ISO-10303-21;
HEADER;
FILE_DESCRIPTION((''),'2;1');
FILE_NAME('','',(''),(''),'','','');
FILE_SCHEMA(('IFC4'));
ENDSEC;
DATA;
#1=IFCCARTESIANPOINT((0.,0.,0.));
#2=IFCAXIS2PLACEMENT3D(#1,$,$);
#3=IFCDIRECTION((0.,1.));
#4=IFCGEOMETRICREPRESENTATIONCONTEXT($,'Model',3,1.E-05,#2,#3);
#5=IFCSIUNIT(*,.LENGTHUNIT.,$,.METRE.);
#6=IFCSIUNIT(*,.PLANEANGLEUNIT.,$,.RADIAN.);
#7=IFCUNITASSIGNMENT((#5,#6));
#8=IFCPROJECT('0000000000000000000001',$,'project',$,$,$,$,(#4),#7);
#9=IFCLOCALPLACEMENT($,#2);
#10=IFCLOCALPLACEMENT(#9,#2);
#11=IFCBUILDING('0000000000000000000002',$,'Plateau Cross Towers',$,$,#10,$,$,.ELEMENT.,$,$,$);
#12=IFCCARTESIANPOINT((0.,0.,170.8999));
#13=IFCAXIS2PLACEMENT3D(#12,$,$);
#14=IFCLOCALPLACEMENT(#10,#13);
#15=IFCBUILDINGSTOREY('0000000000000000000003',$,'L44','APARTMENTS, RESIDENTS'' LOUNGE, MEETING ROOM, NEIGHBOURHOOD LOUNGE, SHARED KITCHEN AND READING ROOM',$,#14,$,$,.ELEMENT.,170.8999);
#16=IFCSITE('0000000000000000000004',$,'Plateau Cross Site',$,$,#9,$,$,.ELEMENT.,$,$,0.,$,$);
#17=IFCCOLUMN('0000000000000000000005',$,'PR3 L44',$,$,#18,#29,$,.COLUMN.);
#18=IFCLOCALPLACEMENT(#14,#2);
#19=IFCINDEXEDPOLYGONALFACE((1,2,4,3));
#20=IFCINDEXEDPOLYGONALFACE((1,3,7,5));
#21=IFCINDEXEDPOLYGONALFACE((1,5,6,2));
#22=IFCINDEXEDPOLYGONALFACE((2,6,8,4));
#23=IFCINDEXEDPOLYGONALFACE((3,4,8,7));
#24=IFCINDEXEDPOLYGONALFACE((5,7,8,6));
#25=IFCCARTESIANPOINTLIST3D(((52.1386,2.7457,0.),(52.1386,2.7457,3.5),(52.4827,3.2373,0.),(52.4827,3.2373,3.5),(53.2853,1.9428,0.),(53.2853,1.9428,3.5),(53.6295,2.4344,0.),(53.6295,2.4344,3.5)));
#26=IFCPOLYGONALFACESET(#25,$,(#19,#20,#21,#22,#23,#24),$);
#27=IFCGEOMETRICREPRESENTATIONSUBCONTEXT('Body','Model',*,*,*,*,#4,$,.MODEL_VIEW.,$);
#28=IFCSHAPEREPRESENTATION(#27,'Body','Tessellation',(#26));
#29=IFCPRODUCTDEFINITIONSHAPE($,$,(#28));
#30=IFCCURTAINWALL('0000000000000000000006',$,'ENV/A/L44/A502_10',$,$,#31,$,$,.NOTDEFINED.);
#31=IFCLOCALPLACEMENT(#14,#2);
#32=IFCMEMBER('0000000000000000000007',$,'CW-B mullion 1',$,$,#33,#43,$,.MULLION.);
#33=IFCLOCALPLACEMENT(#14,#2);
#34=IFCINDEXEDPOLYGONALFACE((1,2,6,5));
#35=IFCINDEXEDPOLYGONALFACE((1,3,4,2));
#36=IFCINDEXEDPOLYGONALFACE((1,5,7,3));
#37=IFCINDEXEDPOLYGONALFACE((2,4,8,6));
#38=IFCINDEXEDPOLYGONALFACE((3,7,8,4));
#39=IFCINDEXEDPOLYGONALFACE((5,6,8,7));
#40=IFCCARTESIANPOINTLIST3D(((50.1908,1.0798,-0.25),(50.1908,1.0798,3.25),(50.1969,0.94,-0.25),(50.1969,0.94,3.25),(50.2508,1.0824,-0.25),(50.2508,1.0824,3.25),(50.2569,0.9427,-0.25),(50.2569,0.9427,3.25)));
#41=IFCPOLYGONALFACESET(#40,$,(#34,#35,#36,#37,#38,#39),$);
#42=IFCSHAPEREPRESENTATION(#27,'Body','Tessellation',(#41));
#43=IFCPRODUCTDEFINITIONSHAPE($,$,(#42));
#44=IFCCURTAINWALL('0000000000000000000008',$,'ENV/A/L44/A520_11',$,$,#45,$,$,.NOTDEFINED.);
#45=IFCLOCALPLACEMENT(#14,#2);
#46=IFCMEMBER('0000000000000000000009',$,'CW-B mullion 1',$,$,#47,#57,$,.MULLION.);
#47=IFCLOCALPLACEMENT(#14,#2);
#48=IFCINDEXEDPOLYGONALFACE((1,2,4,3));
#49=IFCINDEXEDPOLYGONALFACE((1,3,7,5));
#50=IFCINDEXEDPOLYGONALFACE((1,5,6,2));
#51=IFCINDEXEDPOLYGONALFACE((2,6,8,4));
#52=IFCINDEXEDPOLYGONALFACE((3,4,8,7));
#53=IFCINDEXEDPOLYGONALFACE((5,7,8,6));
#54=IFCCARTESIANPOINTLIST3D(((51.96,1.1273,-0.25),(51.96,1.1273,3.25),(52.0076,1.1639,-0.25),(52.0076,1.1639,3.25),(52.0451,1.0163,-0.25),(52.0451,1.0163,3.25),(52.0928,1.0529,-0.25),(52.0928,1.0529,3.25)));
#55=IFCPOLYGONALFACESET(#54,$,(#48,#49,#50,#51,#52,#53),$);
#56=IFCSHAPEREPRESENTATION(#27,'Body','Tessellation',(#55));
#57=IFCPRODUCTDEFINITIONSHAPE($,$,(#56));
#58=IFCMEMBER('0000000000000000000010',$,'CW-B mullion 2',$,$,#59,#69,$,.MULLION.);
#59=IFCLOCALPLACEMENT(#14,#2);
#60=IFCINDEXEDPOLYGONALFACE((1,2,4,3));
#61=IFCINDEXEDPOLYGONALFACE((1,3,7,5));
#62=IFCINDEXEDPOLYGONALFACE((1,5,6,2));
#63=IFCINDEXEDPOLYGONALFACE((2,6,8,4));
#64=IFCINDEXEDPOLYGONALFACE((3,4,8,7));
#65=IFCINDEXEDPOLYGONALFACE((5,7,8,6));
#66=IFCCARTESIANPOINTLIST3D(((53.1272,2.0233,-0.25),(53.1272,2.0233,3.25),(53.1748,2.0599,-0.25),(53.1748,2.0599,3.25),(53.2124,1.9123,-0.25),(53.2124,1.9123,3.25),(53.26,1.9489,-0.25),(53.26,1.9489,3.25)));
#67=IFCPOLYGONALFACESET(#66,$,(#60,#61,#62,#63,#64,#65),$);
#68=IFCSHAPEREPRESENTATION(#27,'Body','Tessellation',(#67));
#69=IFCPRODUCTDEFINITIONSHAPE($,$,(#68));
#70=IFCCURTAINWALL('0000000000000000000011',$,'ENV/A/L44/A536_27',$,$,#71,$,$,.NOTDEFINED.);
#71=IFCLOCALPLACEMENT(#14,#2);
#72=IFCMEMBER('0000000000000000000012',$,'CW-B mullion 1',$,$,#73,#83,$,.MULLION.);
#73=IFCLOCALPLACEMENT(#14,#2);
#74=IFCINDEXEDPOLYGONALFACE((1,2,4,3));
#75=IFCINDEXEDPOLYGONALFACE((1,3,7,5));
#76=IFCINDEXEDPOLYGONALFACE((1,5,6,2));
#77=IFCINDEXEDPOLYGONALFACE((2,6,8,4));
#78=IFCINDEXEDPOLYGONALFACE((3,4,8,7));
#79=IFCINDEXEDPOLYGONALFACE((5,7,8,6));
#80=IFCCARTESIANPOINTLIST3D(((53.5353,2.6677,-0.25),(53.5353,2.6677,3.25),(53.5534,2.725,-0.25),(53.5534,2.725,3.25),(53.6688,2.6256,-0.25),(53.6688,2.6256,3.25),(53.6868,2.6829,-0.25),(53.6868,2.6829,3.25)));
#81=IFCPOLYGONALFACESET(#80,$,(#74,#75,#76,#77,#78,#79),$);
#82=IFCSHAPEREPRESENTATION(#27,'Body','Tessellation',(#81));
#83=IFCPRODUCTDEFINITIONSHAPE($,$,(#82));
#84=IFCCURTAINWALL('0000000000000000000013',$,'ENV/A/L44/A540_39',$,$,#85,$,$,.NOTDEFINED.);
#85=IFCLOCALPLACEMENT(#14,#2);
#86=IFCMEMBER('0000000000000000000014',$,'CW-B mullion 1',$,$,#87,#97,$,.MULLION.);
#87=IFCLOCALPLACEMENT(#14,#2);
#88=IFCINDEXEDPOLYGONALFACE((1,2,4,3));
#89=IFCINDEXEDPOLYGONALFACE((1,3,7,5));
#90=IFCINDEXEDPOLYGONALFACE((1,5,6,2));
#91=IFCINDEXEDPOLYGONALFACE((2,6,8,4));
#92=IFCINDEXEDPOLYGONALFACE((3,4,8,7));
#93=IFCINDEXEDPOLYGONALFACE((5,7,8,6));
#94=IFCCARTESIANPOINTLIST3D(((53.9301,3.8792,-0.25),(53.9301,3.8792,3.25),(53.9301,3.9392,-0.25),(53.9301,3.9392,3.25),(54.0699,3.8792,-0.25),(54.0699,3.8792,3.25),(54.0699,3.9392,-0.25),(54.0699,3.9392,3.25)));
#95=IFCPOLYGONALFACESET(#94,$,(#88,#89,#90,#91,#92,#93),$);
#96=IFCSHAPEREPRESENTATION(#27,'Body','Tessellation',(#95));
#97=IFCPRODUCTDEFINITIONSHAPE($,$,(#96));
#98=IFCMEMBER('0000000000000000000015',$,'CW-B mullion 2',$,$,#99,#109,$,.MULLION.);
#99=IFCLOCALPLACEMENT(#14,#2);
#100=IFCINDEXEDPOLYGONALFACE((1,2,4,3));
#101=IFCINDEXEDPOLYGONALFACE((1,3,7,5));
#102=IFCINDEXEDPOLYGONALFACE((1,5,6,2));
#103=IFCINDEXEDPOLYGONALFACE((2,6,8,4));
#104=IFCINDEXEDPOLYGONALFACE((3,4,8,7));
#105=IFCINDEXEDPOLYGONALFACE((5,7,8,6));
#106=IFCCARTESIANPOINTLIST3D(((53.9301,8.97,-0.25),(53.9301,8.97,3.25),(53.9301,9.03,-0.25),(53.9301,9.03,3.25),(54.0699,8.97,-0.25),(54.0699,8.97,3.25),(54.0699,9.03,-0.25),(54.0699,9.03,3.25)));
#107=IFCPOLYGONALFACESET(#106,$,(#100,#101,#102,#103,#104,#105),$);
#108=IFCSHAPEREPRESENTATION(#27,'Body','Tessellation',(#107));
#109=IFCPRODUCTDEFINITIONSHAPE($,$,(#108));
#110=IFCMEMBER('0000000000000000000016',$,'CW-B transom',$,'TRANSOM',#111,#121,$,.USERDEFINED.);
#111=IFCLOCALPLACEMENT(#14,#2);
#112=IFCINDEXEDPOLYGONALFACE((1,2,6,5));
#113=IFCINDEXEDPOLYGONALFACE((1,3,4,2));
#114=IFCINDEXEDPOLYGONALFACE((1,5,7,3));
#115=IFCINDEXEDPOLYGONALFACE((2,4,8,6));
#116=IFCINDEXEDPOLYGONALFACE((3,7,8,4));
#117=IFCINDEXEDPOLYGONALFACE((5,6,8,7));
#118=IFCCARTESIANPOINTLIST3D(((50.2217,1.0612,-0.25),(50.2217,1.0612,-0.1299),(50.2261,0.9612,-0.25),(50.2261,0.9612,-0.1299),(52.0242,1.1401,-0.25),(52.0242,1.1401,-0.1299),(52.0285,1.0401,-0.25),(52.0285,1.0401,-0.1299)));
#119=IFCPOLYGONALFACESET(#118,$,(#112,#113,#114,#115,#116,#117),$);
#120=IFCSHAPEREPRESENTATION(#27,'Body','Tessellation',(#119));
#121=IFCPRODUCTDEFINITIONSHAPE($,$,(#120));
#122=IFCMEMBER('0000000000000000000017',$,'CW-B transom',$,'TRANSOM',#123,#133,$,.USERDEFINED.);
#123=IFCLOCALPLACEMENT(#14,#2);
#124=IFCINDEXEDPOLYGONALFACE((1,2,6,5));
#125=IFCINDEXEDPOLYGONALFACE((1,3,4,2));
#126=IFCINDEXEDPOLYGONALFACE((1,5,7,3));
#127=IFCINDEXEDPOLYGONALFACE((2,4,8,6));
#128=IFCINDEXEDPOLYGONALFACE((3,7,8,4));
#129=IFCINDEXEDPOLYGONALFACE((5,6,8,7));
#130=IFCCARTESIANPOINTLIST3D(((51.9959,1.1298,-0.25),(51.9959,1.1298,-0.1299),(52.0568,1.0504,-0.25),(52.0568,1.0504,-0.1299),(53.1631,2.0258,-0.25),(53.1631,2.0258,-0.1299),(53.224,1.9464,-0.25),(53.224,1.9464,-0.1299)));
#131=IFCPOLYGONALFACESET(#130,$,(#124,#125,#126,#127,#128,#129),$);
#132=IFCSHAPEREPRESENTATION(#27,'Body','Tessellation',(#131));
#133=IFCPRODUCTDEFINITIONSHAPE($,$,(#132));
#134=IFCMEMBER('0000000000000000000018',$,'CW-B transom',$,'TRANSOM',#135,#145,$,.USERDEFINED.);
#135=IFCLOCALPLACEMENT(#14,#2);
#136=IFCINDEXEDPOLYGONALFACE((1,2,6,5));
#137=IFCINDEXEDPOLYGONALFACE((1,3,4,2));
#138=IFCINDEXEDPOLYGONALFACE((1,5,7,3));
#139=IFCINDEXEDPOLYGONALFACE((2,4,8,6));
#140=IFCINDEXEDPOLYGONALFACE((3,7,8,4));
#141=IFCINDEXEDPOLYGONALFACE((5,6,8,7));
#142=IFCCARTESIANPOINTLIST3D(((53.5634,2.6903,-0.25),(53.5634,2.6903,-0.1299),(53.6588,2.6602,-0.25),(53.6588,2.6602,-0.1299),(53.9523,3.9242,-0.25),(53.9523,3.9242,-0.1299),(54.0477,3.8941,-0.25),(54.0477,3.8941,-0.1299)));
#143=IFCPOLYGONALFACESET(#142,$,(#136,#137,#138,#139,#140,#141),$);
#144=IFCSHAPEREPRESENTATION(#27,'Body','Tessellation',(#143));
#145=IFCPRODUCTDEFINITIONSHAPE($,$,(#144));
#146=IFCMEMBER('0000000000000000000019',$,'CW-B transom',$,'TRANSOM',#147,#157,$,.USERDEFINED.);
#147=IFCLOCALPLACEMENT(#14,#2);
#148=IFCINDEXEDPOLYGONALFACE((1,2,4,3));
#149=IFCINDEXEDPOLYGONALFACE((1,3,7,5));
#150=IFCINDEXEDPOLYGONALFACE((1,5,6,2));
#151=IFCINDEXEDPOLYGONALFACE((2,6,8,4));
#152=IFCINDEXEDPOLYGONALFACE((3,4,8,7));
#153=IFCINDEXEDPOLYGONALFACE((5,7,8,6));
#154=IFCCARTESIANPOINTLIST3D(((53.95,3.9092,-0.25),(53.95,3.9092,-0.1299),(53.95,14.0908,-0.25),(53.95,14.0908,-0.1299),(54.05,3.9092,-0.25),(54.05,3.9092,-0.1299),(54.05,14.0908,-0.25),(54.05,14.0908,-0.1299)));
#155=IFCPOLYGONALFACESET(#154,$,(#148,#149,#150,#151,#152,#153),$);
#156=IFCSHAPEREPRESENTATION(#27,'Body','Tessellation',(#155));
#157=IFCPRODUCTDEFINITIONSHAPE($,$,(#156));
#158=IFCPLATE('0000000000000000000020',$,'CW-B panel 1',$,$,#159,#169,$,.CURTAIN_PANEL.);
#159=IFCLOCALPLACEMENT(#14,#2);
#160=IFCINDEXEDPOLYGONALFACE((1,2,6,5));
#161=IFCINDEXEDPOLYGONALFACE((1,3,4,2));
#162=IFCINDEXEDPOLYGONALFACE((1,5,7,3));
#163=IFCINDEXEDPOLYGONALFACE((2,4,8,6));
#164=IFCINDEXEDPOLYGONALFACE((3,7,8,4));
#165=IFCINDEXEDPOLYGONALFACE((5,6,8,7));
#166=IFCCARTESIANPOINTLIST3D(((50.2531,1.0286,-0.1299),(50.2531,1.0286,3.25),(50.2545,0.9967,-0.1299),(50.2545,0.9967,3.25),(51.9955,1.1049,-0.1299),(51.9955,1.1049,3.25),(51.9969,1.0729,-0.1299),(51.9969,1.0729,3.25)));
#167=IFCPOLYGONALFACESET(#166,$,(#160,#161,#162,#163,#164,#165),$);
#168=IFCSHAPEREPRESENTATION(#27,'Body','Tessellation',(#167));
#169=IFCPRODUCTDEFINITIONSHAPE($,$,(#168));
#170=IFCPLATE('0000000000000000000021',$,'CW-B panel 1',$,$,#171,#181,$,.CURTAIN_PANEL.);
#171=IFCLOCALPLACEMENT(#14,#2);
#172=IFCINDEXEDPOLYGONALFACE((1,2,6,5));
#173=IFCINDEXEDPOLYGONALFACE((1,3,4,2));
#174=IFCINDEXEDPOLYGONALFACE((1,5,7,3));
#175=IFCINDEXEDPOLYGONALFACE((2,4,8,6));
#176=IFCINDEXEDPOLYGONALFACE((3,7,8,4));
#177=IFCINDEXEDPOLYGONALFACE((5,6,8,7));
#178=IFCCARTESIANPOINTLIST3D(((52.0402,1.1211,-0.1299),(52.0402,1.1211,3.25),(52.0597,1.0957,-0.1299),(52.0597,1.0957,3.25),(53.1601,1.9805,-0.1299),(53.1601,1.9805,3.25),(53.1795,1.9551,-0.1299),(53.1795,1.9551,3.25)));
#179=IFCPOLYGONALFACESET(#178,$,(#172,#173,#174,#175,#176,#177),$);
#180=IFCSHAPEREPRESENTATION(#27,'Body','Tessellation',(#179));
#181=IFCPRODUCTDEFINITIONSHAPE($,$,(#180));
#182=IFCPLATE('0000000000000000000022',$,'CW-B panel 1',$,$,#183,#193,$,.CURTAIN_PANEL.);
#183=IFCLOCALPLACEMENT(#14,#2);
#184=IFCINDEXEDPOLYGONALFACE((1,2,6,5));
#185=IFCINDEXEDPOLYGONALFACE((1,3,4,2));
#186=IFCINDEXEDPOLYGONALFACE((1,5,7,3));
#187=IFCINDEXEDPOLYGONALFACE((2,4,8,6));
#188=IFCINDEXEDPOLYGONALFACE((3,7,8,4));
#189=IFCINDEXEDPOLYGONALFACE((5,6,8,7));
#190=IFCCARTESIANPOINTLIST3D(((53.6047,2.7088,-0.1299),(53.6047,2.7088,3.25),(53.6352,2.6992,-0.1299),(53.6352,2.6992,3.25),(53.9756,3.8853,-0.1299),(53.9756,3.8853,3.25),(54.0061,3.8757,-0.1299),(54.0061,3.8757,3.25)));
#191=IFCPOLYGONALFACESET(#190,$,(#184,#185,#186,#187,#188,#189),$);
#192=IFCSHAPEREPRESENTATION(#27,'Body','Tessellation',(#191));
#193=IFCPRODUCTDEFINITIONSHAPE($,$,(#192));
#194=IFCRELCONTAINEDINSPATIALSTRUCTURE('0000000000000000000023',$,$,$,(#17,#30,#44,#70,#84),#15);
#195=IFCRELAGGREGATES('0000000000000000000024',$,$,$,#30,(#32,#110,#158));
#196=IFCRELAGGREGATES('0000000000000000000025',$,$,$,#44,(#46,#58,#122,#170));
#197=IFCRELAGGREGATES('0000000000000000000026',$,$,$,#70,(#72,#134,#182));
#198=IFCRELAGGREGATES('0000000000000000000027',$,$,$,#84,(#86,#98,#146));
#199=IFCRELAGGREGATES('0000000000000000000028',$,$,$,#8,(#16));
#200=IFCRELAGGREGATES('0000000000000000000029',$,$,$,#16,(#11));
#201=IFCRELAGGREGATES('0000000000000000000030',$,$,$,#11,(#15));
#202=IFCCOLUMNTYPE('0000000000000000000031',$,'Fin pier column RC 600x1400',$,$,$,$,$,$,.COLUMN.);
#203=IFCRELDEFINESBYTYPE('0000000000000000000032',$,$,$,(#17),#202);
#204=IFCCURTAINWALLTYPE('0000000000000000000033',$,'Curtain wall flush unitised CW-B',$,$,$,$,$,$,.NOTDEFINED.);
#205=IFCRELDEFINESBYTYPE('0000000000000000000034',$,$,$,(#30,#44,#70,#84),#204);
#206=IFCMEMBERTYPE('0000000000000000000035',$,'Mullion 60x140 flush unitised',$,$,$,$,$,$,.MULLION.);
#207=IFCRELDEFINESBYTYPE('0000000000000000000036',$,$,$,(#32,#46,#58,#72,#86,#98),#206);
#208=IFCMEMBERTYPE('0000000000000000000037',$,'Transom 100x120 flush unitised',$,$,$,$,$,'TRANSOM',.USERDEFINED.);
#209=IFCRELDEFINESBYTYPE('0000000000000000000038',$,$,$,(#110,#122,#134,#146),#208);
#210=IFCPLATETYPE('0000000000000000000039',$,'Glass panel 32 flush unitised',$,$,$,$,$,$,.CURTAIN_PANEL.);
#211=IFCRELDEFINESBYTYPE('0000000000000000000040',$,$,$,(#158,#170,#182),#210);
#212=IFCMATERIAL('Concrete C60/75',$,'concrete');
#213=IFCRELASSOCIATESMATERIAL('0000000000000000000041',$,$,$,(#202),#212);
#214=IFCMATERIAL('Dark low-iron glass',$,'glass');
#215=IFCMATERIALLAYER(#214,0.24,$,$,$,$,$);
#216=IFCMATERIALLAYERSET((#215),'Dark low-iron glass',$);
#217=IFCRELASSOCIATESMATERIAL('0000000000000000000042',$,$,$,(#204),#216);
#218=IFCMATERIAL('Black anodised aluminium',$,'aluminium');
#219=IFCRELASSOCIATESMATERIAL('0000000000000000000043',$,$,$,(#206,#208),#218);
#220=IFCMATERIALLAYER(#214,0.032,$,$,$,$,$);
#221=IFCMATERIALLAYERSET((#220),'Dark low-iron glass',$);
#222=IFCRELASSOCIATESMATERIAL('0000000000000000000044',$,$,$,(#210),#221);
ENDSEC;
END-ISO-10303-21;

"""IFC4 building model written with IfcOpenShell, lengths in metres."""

from ifc_helpers import new_model, si_unit, direction, frame, origin, origin_2d, place, context, subcontext, project, spatial, rectangle, extrude, material, layer, layer_set, material_profile, profile_set, type_object, element, aggregate, save


model = new_model("IFC4")

# Units and contexts
model_context = context("Model", 3, precision=1e-05, world=origin(), true_north=direction((0.0, 1.0)))
body_context = subcontext(model_context, "Body", "Model", "MODEL_VIEW")
ifc_project = project(units=[si_unit("LENGTHUNIT", "METRE"), si_unit("PLANEANGLEUNIT", "RADIAN")], contexts=[model_context])

# Site, building, storey
site_placement = place(None, origin())
site = spatial("IfcSite", under=ifc_project, at=site_placement, Name="Plateau Cross Site", CompositionType="ELEMENT", RefElevation=0.0)
building_placement = place(site_placement, origin())
building = spatial("IfcBuilding", under=site, at=building_placement, Name="Plateau Cross Towers", CompositionType="ELEMENT")
storey_placement = place(building_placement, frame((0.0, 0.0, 170.8999)))
storey = spatial("IfcBuildingStorey", under=building, at=storey_placement, Name="L44", Description="APARTMENTS, RESIDENTS' LOUNGE, MEETING ROOM, NEIGHBOURHOOD LOUNGE, SHARED KITCHEN AND READING ROOM", CompositionType="ELEMENT", Elevation=170.8999)

# Column
ifc_material_1 = material(Name="Concrete C60/75", Category="concrete")
ifc_material_profile_1 = material_profile(ifc_material_1, rectangle(XDim=0.6001, YDim=1.3999, at=origin_2d()), Name="RC 600x1400")
ifc_profile_set_1 = profile_set([ifc_material_profile_1], Name="Concrete C60/75")
column_type = type_object("IfcColumnType", Name="Fin pier column RC 600x1400", PredefinedType="COLUMN", material=ifc_profile_set_1)
column_placement = place(storey_placement, frame((52.884, 2.5901, 0.0), z_axis=(0.0, 0.0, 1.0), x_axis=(0.573543, 0.819176, 0.0)))
element("IfcColumn", 1, at=column_placement, inside=storey, type_object=column_type, Name="PR3 L44", PredefinedType="COLUMN", context=body_context, shape_type="SweptSolid", body=[
    extrude(rectangle(XDim=0.6001, YDim=1.3999, at=origin_2d()), origin(), (0.0, 0.0, 1.0), 3.5),
])

# Curtain wall, member
ifc_material_2 = material(Name="Dark low-iron glass", Category="glass")
ifc_layer_1 = layer(ifc_material_2, 0.24)
ifc_layer_set_1 = layer_set([ifc_layer_1], Name="Dark low-iron glass")
curtain_wall_type_1 = type_object("IfcCurtainWallType", Name="Curtain wall flush unitised CW-B", PredefinedType="NOTDEFINED", material=ifc_layer_set_1)
curtain_wall_1_placement = place(storey_placement, origin())
curtain_wall_1 = element("IfcCurtainWall", 2, at=curtain_wall_1_placement, inside=storey, type_object=curtain_wall_type_1, Name="ENV/A/L44/A502_10", PredefinedType="NOTDEFINED")
ifc_material_3 = material(Name="Black anodised aluminium", Category="aluminium")
ifc_material_profile_2 = material_profile(ifc_material_3, rectangle(XDim=0.0601, YDim=0.1399, at=origin_2d()), Name="MULLION 60x140")
ifc_profile_set_2 = profile_set([ifc_material_profile_2], Name="Black anodised aluminium")
member_type_1 = type_object("IfcMemberType", Name="Mullion 60x140 flush unitised", PredefinedType="MULLION", material=ifc_profile_set_2)
member_1_placement = place(storey_placement, frame((50.2239, 1.0112, -0.25), z_axis=(0.0, 0.0, 1.0), x_axis=(0.999044, 0.043723, 0.0)))
member_1 = element("IfcMember", 3, at=member_1_placement, type_object=member_type_1, Name="CW-B mullion 1", PredefinedType="MULLION", context=body_context, shape_type="SweptSolid", body=[
    extrude(rectangle(XDim=0.0601, YDim=0.1399, at=origin_2d()), origin(), (0.0, 0.0, 1.0), 3.5),
])

# Curtain wall, members
curtain_wall_2_placement = place(storey_placement, origin())
curtain_wall_2 = element("IfcCurtainWall", 4, at=curtain_wall_2_placement, inside=storey, type_object=curtain_wall_type_1, Name="ENV/A/L44/A520_11", PredefinedType="NOTDEFINED")
member_2_placement = place(storey_placement, frame((52.0264, 1.0901, -0.25), z_axis=(0.0, 0.0, 1.0), x_axis=(0.793316, 0.608811, 0.0)))
member_2 = element("IfcMember", 5, at=member_2_placement, type_object=member_type_1, Name="CW-B mullion 1", PredefinedType="MULLION", context=body_context, shape_type="SweptSolid", body=[
    extrude(rectangle(XDim=0.0601, YDim=0.1399, at=origin_2d()), origin(), (0.0, 0.0, 1.0), 3.5),
])
member_3_placement = place(storey_placement, frame((53.1936, 1.9861, -0.25), z_axis=(0.0, 0.0, 1.0), x_axis=(0.793316, 0.608811, 0.0)))
member_3 = element("IfcMember", 6, at=member_3_placement, type_object=member_type_1, Name="CW-B mullion 2", PredefinedType="MULLION", context=body_context, shape_type="SweptSolid", body=[
    extrude(rectangle(XDim=0.0601, YDim=0.1399, at=origin_2d()), origin(), (0.0, 0.0, 1.0), 3.5),
])

# Curtain wall, member
curtain_wall_3_placement = place(storey_placement, origin())
curtain_wall_3 = element("IfcCurtainWall", 7, at=curtain_wall_3_placement, inside=storey, type_object=curtain_wall_type_1, Name="ENV/A/L44/A536_27", PredefinedType="NOTDEFINED")
member_4_placement = place(storey_placement, frame((53.6111, 2.6753, -0.25), z_axis=(0.0, 0.0, 1.0), x_axis=(0.300686, 0.953723, 0.0)))
member_4 = element("IfcMember", 8, at=member_4_placement, type_object=member_type_1, Name="CW-B mullion 1", PredefinedType="MULLION", context=body_context, shape_type="SweptSolid", body=[
    extrude(rectangle(XDim=0.0601, YDim=0.1399, at=origin_2d()), origin(), (0.0, 0.0, 1.0), 3.5),
])

# Curtain wall, members
curtain_wall_4_placement = place(storey_placement, origin())
curtain_wall_4 = element("IfcCurtainWall", 9, at=curtain_wall_4_placement, inside=storey, type_object=curtain_wall_type_1, Name="ENV/A/L44/A540_39", PredefinedType="NOTDEFINED")
member_5_placement = place(storey_placement, frame((54.0, 3.9092, -0.25), z_axis=(0.0, 0.0, 1.0), x_axis=(0.0, 1.0, 0.0)))
member_5 = element("IfcMember", 10, at=member_5_placement, type_object=member_type_1, Name="CW-B mullion 1", PredefinedType="MULLION", context=body_context, shape_type="SweptSolid", body=[
    extrude(rectangle(XDim=0.0601, YDim=0.1399, at=origin_2d()), origin(), (0.0, 0.0, 1.0), 3.5),
])
member_6_placement = place(storey_placement, frame((54.0, 9.0, -0.25), z_axis=(0.0, 0.0, 1.0), x_axis=(0.0, 1.0, 0.0)))
member_6 = element("IfcMember", 11, at=member_6_placement, type_object=member_type_1, Name="CW-B mullion 2", PredefinedType="MULLION", context=body_context, shape_type="SweptSolid", body=[
    extrude(rectangle(XDim=0.0601, YDim=0.1399, at=origin_2d()), origin(), (0.0, 0.0, 1.0), 3.5),
])

# Members
ifc_material_profile_3 = material_profile(ifc_material_3, rectangle(XDim=0.1001, YDim=0.1201, at=origin_2d()), Name="TRANSOM 100x120")
ifc_profile_set_3 = profile_set([ifc_material_profile_3], Name="Black anodised aluminium")
member_type_2 = type_object("IfcMemberType", Name="Transom 100x120 flush unitised", ElementType="TRANSOM", PredefinedType="USERDEFINED", material=ifc_profile_set_3)
member_7_placement = place(storey_placement, frame((50.2239, 1.0112, -0.1899), z_axis=(0.999044, 0.043707, 0.0), x_axis=(-0.043707, 0.999044, 0.0)))
member_7 = element("IfcMember", 12, at=member_7_placement, type_object=member_type_2, Name="CW-B transom", ObjectType="TRANSOM", PredefinedType="USERDEFINED", context=body_context, shape_type="SweptSolid", body=[
    extrude(rectangle(XDim=0.1001, YDim=0.1201, at=origin_2d()), origin(), (0.0, 0.0, 1.0), 1.8042),
])
member_8_placement = place(storey_placement, frame((52.0264, 1.0901, -0.1899), z_axis=(0.79324, 0.608909, 0.0), x_axis=(-0.608909, 0.79324, 0.0)))
member_8 = element("IfcMember", 13, at=member_8_placement, type_object=member_type_2, Name="CW-B transom", ObjectType="TRANSOM", PredefinedType="USERDEFINED", context=body_context, shape_type="SweptSolid", body=[
    extrude(rectangle(XDim=0.1001, YDim=0.1201, at=origin_2d()), origin(), (0.0, 0.0, 1.0), 1.4714),
])
member_9_placement = place(storey_placement, frame((53.6111, 2.6753, -0.1899), z_axis=(0.300617, 0.953745, 0.0), x_axis=(-0.953745, 0.300617, 0.0)))
member_9 = element("IfcMember", 14, at=member_9_placement, type_object=member_type_2, Name="CW-B transom", ObjectType="TRANSOM", PredefinedType="USERDEFINED", context=body_context, shape_type="SweptSolid", body=[
    extrude(rectangle(XDim=0.1001, YDim=0.1201, at=origin_2d()), origin(), (0.0, 0.0, 1.0), 1.2937),
])
member_10_placement = place(storey_placement, frame((54.0, 3.9092, -0.1899), z_axis=(0.0, 1.0, 0.0), x_axis=(-1.0, 0.0, 0.0)))
member_10 = element("IfcMember", 15, at=member_10_placement, type_object=member_type_2, Name="CW-B transom", ObjectType="TRANSOM", PredefinedType="USERDEFINED", context=body_context, shape_type="SweptSolid", body=[
    extrude(rectangle(XDim=0.1001, YDim=0.1201, at=origin_2d()), origin(), (0.0, 0.0, 1.0), 10.1816),
])

# Plates
ifc_layer_2 = layer(ifc_material_2, 0.032)
ifc_layer_set_2 = layer_set([ifc_layer_2], Name="Dark low-iron glass")
plate_type_1 = type_object("IfcPlateType", Name="Glass panel 32 flush unitised", PredefinedType="CURTAIN_PANEL", material=ifc_layer_set_2)
plate_1_placement = place(storey_placement, frame((51.125, 1.0508, -0.1299), z_axis=(0.0, 0.0, 1.0), x_axis=(0.999044, 0.043723, 0.0)))
plate_1 = element("IfcPlate", 16, at=plate_1_placement, type_object=plate_type_1, Name="CW-B panel 1", PredefinedType="CURTAIN_PANEL", context=body_context, shape_type="SweptSolid", body=[
    extrude(rectangle(XDim=1.7441, YDim=0.032, at=origin_2d()), origin(), (0.0, 0.0, 1.0), 3.3799),
])
aggregate(curtain_wall_1, [member_1, member_7, plate_1])
plate_2_placement = place(storey_placement, frame((52.6099, 1.5381, -0.1299), z_axis=(0.0, 0.0, 1.0), x_axis=(0.793316, 0.608811, 0.0)))
plate_2 = element("IfcPlate", 17, at=plate_2_placement, type_object=plate_type_1, Name="CW-B panel 1", PredefinedType="CURTAIN_PANEL", context=body_context, shape_type="SweptSolid", body=[
    extrude(rectangle(XDim=1.4116, YDim=0.032, at=origin_2d()), origin(), (0.0, 0.0, 1.0), 3.3799),
])
aggregate(curtain_wall_2, [member_2, member_3, member_8, plate_2])
plate_3_placement = place(storey_placement, frame((53.8054, 3.2922, -0.1299), z_axis=(0.0, 0.0, 1.0), x_axis=(0.300686, 0.953723, 0.0)))
plate_3 = element("IfcPlate", 18, at=plate_3_placement, type_object=plate_type_1, Name="CW-B panel 1", PredefinedType="CURTAIN_PANEL", context=body_context, shape_type="SweptSolid", body=[
    extrude(rectangle(XDim=1.2336, YDim=0.032, at=origin_2d()), origin(), (0.0, 0.0, 1.0), 3.3799),
])
aggregate(curtain_wall_3, [member_4, member_9, plate_3])
aggregate(curtain_wall_4, [member_5, member_6, member_10])

save(model, "model.ifc")
